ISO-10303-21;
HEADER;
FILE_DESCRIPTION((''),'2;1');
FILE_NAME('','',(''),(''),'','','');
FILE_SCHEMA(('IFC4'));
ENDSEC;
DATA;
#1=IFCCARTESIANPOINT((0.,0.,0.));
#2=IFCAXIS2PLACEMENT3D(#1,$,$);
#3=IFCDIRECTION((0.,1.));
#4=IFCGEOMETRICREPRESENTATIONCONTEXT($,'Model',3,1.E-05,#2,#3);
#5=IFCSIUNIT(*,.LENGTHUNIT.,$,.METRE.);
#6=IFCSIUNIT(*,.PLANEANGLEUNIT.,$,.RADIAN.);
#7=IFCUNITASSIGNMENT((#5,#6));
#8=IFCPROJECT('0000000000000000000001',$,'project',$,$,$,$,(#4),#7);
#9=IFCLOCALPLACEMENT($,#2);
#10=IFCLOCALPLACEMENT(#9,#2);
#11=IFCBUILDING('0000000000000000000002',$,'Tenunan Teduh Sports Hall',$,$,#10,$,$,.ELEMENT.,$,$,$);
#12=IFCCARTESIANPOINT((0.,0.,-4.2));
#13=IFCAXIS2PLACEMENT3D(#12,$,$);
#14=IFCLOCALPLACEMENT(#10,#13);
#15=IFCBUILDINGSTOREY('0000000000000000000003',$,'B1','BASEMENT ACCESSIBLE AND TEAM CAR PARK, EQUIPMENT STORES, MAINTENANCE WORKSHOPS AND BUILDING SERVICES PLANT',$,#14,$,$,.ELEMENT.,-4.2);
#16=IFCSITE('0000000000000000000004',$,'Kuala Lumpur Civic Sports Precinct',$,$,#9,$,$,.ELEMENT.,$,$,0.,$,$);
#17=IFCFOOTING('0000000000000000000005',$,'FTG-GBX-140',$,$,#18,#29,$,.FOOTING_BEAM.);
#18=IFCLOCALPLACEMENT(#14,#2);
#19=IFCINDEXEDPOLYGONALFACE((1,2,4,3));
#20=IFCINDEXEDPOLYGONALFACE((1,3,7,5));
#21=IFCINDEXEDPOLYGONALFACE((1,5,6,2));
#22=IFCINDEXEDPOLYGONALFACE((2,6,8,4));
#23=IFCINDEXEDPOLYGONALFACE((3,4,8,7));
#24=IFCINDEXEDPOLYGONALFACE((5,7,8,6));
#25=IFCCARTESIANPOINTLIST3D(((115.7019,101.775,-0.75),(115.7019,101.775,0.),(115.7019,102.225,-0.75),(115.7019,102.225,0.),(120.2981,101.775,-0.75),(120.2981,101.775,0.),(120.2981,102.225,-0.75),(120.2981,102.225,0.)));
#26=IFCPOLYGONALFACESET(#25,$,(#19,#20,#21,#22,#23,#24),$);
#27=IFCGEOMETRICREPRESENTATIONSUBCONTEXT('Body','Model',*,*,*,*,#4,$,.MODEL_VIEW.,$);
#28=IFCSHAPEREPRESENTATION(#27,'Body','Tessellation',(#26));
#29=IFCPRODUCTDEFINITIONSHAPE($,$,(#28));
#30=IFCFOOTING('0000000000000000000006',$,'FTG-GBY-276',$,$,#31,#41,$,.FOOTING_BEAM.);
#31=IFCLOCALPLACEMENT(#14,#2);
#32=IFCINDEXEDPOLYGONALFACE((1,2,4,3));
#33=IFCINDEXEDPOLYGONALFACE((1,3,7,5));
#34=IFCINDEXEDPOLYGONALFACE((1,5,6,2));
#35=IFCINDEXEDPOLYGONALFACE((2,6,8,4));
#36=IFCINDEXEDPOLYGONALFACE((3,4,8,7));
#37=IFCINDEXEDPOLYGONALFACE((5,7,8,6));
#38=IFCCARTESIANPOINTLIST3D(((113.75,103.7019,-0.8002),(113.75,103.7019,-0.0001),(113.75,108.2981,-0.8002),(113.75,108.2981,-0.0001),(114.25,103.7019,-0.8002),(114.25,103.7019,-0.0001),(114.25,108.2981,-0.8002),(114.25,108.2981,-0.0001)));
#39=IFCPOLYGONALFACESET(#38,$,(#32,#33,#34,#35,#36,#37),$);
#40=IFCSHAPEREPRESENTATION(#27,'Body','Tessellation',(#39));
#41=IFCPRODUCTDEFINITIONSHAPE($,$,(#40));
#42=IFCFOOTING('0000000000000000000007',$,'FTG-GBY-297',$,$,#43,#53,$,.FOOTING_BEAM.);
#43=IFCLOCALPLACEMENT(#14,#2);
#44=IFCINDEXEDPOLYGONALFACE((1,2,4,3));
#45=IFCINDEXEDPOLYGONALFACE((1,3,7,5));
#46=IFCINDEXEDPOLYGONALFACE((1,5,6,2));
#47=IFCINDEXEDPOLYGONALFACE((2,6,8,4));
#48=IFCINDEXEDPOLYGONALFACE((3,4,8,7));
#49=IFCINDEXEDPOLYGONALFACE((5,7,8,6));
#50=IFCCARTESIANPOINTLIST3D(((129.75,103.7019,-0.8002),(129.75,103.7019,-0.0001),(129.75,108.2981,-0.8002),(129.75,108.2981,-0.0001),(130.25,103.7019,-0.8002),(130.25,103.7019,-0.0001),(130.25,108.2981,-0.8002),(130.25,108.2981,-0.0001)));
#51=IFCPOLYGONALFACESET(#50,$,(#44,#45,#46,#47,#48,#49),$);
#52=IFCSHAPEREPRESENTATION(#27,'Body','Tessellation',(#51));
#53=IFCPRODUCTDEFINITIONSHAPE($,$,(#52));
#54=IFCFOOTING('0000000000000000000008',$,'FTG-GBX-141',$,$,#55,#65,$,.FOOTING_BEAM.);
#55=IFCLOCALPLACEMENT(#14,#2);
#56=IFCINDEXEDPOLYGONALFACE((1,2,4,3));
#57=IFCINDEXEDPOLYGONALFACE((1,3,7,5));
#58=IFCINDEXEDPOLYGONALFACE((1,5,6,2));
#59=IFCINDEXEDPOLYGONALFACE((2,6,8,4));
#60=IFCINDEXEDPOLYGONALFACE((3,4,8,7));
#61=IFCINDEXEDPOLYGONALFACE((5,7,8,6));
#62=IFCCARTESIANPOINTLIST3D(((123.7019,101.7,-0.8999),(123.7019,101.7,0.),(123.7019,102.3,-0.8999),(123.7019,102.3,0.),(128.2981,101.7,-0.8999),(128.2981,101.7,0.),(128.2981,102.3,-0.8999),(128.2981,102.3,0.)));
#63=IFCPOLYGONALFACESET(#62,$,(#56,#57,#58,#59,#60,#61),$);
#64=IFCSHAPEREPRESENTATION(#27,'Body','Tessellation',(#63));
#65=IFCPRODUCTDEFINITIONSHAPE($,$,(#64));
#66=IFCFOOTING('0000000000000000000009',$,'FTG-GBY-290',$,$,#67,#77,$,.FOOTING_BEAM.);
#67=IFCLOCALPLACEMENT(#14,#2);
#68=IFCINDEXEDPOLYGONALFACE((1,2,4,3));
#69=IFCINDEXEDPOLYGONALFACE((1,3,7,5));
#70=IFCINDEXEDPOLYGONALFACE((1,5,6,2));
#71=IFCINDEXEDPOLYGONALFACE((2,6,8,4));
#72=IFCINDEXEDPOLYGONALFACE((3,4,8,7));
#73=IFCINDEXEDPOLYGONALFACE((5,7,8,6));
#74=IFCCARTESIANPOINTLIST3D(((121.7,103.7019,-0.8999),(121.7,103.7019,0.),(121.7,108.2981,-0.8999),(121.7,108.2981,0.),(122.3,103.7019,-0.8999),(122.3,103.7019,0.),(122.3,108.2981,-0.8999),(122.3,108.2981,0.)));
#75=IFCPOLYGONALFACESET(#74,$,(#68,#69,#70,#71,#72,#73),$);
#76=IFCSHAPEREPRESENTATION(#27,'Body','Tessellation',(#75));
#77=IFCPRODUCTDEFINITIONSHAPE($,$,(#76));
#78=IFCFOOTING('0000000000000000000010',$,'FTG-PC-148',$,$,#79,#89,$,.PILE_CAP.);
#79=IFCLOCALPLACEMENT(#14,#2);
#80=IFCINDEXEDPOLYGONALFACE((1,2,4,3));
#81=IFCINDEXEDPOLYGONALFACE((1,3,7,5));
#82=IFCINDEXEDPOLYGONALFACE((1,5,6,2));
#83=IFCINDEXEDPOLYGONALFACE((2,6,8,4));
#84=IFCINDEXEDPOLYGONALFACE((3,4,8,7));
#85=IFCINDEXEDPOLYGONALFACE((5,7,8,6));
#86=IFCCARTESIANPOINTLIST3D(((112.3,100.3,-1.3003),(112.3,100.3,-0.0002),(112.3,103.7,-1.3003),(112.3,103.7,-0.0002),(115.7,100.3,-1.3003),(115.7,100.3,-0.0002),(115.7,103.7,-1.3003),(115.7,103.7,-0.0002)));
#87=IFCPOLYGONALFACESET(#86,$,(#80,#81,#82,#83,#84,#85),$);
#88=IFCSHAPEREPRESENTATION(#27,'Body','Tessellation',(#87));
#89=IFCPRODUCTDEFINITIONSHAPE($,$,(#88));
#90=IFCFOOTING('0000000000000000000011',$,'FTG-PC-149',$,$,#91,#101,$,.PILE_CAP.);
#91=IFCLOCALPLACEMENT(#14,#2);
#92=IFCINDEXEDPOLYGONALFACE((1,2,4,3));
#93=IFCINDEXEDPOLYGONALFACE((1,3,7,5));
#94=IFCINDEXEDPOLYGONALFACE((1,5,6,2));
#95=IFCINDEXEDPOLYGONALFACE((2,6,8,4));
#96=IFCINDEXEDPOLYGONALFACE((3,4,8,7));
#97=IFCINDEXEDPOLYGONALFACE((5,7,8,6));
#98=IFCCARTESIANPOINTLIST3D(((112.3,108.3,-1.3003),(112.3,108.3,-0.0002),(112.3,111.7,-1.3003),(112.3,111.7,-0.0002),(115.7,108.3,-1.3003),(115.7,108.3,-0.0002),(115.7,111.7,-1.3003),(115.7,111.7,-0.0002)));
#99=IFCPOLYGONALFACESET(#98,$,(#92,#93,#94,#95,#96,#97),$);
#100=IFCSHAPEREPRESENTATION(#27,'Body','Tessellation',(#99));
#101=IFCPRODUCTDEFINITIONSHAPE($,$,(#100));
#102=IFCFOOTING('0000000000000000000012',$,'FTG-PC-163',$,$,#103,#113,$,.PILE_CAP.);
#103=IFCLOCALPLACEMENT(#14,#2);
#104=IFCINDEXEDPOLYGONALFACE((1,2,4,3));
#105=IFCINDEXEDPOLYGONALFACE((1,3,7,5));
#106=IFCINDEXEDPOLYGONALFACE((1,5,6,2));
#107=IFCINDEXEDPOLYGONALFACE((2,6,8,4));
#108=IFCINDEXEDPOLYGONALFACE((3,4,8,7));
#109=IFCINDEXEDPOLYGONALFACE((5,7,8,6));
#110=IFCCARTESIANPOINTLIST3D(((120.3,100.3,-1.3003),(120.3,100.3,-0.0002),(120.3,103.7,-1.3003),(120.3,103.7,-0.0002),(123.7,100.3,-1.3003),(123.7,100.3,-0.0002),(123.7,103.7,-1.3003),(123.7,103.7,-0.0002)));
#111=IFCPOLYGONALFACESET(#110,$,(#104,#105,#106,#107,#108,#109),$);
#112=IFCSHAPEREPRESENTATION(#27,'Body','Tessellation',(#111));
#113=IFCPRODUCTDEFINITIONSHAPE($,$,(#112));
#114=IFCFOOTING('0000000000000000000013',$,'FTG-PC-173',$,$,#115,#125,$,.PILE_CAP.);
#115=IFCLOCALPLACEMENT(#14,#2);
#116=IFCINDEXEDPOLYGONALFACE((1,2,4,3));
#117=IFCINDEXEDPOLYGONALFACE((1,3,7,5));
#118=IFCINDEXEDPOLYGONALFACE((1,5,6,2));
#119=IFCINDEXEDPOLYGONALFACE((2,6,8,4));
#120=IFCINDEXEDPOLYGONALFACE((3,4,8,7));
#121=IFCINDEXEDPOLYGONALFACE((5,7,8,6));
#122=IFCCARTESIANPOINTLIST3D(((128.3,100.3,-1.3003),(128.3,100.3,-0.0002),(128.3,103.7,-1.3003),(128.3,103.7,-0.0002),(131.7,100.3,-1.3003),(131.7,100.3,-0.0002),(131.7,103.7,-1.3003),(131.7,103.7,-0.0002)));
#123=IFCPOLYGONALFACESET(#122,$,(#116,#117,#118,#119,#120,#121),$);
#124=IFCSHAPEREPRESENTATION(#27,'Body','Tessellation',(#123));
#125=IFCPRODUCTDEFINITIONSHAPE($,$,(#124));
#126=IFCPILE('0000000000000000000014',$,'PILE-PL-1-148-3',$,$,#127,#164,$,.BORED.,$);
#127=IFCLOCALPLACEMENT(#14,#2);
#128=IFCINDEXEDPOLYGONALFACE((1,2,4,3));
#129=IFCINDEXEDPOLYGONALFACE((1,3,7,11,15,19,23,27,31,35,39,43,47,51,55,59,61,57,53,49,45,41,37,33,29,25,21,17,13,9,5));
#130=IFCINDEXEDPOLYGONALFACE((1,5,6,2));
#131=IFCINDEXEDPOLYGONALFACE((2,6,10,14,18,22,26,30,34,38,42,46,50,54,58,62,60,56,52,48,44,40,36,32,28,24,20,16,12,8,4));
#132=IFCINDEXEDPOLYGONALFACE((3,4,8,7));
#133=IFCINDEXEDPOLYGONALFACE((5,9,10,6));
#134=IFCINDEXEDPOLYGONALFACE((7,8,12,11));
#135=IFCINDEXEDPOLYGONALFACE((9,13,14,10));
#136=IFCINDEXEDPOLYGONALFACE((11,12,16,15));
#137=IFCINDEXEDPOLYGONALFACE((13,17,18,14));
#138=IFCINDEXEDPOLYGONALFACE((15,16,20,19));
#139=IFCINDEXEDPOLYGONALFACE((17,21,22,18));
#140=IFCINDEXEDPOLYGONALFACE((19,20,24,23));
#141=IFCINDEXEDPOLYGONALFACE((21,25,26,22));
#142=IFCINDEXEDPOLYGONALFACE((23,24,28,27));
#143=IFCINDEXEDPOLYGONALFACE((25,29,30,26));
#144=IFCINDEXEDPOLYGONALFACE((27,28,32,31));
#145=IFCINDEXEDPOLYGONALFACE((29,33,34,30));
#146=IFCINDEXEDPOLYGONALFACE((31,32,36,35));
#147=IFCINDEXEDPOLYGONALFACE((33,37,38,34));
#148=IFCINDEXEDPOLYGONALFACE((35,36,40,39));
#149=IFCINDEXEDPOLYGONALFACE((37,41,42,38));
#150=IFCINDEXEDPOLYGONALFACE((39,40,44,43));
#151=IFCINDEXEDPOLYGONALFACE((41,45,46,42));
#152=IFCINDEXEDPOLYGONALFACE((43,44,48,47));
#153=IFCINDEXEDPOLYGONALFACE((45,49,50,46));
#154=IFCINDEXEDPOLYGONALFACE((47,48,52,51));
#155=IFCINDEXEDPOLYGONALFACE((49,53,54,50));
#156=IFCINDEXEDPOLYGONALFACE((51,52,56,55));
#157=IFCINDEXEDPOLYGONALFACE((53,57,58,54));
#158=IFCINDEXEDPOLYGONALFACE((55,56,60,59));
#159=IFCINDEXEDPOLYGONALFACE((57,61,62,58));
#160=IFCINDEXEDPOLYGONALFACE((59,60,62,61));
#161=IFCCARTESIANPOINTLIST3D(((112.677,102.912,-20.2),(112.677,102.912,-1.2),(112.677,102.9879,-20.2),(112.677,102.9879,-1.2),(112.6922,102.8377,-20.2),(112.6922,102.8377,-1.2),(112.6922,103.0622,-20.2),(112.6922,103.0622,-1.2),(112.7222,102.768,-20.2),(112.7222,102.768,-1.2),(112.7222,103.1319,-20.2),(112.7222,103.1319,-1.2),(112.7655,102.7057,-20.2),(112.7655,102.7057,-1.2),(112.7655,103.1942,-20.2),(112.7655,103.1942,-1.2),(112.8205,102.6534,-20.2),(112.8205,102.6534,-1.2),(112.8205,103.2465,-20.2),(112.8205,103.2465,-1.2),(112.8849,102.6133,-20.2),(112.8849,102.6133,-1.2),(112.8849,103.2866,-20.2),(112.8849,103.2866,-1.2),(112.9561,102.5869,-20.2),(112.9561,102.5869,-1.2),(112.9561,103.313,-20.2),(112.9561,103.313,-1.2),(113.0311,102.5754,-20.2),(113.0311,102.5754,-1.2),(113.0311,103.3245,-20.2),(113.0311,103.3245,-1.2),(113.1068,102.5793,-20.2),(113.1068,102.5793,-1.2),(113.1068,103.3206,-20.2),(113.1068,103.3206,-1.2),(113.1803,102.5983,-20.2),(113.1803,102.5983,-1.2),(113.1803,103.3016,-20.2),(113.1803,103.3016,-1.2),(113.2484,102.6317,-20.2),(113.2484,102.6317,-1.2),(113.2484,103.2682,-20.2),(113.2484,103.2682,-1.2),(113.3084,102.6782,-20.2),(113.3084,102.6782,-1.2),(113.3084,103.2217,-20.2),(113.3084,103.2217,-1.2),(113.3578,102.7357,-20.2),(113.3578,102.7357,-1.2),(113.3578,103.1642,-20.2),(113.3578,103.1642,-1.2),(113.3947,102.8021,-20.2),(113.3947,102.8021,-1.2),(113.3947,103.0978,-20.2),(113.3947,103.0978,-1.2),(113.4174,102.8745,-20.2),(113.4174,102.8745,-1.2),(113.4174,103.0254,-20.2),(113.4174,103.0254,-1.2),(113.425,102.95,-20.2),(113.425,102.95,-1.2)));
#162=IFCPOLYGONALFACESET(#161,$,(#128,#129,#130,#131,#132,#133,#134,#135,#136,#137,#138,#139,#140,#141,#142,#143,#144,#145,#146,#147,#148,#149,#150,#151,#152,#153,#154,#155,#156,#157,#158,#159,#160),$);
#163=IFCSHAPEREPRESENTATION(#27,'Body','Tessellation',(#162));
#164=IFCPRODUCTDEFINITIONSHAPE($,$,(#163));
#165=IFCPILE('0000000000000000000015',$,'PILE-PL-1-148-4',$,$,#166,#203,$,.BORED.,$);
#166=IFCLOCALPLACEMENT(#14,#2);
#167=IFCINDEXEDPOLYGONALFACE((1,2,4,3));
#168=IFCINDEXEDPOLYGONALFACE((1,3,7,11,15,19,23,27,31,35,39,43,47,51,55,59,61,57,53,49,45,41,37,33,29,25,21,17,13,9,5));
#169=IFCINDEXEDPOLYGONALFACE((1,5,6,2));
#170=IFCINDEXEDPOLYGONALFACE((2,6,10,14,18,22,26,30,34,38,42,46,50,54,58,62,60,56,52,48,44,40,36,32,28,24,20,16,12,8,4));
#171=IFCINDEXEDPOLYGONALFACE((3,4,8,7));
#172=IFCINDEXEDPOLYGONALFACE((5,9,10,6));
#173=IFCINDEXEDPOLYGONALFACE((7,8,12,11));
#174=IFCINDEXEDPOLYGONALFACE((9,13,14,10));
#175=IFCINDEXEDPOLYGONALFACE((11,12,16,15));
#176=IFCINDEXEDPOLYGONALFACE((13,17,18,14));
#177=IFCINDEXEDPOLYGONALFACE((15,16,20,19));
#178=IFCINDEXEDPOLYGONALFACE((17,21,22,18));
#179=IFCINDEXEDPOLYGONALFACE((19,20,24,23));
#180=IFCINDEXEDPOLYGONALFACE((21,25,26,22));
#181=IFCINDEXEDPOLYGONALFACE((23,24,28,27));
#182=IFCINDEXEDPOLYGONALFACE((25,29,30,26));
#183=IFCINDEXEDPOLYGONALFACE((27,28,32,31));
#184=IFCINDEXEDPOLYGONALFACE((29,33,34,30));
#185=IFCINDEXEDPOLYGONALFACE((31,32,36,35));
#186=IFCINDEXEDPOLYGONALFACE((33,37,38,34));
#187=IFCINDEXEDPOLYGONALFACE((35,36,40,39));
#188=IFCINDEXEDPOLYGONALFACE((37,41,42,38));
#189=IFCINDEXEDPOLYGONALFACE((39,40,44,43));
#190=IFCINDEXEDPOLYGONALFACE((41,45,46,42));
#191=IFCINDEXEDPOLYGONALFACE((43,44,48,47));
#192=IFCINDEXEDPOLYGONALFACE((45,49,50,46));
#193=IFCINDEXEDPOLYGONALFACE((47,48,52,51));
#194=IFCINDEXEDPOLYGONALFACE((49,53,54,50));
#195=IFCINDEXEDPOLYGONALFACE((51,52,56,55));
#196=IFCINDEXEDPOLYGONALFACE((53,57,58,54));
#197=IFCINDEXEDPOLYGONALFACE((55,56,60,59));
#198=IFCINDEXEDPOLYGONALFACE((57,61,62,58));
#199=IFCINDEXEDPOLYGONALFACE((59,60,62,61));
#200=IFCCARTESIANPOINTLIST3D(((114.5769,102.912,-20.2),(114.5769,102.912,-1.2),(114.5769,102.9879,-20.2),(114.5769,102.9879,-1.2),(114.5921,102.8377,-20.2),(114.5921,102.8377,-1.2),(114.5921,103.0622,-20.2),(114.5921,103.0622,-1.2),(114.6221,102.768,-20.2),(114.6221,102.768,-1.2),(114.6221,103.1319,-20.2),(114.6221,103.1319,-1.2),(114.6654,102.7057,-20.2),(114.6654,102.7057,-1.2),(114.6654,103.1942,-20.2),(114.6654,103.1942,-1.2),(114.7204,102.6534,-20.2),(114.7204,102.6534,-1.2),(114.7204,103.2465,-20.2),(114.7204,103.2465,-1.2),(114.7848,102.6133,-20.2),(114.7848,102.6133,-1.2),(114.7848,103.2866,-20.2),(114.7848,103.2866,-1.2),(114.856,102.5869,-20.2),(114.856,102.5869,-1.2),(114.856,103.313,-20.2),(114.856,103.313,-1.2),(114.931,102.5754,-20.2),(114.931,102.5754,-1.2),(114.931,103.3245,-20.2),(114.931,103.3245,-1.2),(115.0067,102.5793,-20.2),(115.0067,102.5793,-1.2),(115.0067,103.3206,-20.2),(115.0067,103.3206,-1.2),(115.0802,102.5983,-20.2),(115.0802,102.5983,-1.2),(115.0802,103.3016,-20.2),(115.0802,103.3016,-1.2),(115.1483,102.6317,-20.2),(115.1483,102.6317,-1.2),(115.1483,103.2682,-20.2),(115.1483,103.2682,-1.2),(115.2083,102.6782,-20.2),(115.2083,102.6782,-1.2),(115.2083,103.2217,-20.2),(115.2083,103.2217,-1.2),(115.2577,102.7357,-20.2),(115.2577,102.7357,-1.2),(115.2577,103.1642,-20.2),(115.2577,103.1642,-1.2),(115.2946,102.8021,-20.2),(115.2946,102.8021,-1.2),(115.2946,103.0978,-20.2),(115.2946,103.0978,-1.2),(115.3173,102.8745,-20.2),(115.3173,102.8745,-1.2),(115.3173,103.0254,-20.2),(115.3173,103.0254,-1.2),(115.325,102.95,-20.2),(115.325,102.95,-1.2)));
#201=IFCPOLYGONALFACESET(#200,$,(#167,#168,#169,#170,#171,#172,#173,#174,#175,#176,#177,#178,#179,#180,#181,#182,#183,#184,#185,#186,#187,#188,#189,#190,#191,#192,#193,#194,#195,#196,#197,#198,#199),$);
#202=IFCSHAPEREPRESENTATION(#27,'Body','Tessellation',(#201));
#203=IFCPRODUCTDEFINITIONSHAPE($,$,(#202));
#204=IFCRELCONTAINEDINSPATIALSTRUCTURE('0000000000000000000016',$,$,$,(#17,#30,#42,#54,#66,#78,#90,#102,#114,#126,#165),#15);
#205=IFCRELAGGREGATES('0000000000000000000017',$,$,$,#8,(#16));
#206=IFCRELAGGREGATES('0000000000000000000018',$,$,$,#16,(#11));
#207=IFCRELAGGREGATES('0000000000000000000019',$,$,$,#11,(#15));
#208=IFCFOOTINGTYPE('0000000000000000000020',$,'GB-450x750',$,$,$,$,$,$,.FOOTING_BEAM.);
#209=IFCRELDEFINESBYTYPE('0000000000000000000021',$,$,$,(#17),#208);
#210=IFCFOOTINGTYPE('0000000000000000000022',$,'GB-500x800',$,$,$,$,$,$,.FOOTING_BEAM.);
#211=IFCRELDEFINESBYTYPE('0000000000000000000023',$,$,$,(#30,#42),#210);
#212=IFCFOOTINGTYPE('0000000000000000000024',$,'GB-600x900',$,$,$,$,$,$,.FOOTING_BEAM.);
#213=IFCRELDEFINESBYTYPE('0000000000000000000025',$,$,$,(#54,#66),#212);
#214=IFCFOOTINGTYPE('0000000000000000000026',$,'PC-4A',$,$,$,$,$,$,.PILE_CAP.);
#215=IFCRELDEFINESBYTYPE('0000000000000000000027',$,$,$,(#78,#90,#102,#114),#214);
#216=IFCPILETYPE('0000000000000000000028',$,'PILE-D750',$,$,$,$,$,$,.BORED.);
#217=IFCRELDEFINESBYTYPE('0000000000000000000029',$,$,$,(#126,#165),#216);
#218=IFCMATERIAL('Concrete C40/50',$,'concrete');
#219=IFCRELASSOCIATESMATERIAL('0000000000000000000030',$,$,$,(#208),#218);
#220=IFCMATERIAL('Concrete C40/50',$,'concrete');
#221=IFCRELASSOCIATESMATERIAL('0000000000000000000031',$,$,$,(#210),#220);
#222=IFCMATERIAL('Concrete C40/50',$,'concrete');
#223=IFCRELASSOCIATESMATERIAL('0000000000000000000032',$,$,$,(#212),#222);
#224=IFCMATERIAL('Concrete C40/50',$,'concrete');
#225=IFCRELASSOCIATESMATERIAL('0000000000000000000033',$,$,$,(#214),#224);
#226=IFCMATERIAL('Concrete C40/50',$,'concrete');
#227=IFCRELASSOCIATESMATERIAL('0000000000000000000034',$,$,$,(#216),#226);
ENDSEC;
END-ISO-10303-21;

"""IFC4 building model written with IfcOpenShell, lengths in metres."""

from ifc_helpers import new_model, si_unit, direction, frame, origin, origin_2d, place, context, subcontext, project, spatial, rectangle, circle, extrude, material, material_profile, profile_set, type_object, element, save


model = new_model("IFC4")

# Units and contexts
model_context = context("Model", 3, precision=1e-05, world=origin(), true_north=direction((0.0, 1.0)))
body_context = subcontext(model_context, "Body", "Model", "MODEL_VIEW")
ifc_project = project(units=[si_unit("LENGTHUNIT", "METRE"), si_unit("PLANEANGLEUNIT", "RADIAN")], contexts=[model_context])

# Site, building, storey
site_placement = place(None, origin())
site = spatial("IfcSite", under=ifc_project, at=site_placement, Name="Kuala Lumpur Civic Sports Precinct", CompositionType="ELEMENT", RefElevation=0.0)
building_placement = place(site_placement, origin())
building = spatial("IfcBuilding", under=site, at=building_placement, Name="Tenunan Teduh Sports Hall", CompositionType="ELEMENT")
storey_placement = place(building_placement, frame((0.0, 0.0, -4.2)))
storey = spatial("IfcBuildingStorey", under=building, at=storey_placement, Name="B1", Description="BASEMENT ACCESSIBLE AND TEAM CAR PARK, EQUIPMENT STORES, MAINTENANCE WORKSHOPS AND BUILDING SERVICES PLANT", CompositionType="ELEMENT", Elevation=-4.2)

# Footings
ifc_material_1 = material(Name="Concrete C40/50", Category="concrete")
ifc_material_profile_1 = material_profile(ifc_material_1, rectangle(XDim=0.45, YDim=0.75, at=origin_2d()), Name="RCB 450x750")
ifc_profile_set_1 = profile_set([ifc_material_profile_1], Name="Concrete C40/50")
footing_type_1 = type_object("IfcFootingType", Name="GB-450x750", PredefinedType="FOOTING_BEAM", material=ifc_profile_set_1)
footing_placement = place(storey_placement, frame((115.7019, 102.0, -0.375), z_axis=(1.0, 0.0, 0.0), x_axis=(0.0, 1.0, 0.0)))
element("IfcFooting", 1, at=footing_placement, inside=storey, type_object=footing_type_1, Name="FTG-GBX-140", PredefinedType="FOOTING_BEAM", context=body_context, shape_type="SweptSolid", body=[
    extrude(rectangle(XDim=0.45, YDim=0.75, at=origin_2d()), origin(), (0.0, 0.0, 1.0), 4.5962),
])
ifc_material_2 = material(Name="Concrete C40/50", Category="concrete")
ifc_material_profile_2 = material_profile(ifc_material_2, rectangle(XDim=0.5, YDim=0.8, at=origin_2d()), Name="RCB 500x800")
ifc_profile_set_2 = profile_set([ifc_material_profile_2], Name="Concrete C40/50")
footing_type_2 = type_object("IfcFootingType", Name="GB-500x800", PredefinedType="FOOTING_BEAM", material=ifc_profile_set_2)
for number, where, z_axis, x_axis, name in (
    (2, (114.0, 103.7019, -0.4001), (0.0, 1.0, 0.0), (-1.0, 0.0, 0.0), "FTG-GBY-276"),
    (3, (130.0, 103.7019, -0.4001), (0.0, 1.0, 0.0), (-1.0, 0.0, 0.0), "FTG-GBY-297"),
):
    element("IfcFooting", number, at=place(storey_placement, frame(where, z_axis=z_axis, x_axis=x_axis)), inside=storey, type_object=footing_type_2, Name=name, PredefinedType="FOOTING_BEAM", context=body_context, shape_type="SweptSolid", body=[
        extrude(rectangle(XDim=0.5, YDim=0.8, at=origin_2d()), origin(), (0.0, 0.0, 1.0), 4.5962),
    ])
ifc_material_3 = material(Name="Concrete C40/50", Category="concrete")
ifc_material_profile_3 = material_profile(ifc_material_3, rectangle(XDim=0.6001, YDim=0.8999, at=origin_2d()), Name="RCB 600x900")
ifc_profile_set_3 = profile_set([ifc_material_profile_3], Name="Concrete C40/50")
footing_type_3 = type_object("IfcFootingType", Name="GB-600x900", PredefinedType="FOOTING_BEAM", material=ifc_profile_set_3)
for number, where, z_axis, x_axis, name in (
    (4, (123.7019, 102.0, -0.45), (1.0, 0.0, 0.0), (0.0, 1.0, 0.0), "FTG-GBX-141"),
    (5, (122.0, 103.7019, -0.45), (0.0, 1.0, 0.0), (-1.0, 0.0, 0.0), "FTG-GBY-290"),
):
    element("IfcFooting", number, at=place(storey_placement, frame(where, z_axis=z_axis, x_axis=x_axis)), inside=storey, type_object=footing_type_3, Name=name, PredefinedType="FOOTING_BEAM", context=body_context, shape_type="SweptSolid", body=[
        extrude(rectangle(XDim=0.6001, YDim=0.8999, at=origin_2d()), origin(), (0.0, 0.0, 1.0), 4.5962),
    ])
ifc_material_4 = material(Name="Concrete C40/50", Category="concrete")
footing_type_4 = type_object("IfcFootingType", Name="PC-4A", PredefinedType="PILE_CAP", material=ifc_material_4)
for number, where, z_axis, x_axis, name in (
    (6, (114.0, 102.0, -1.3003), (0.0, 0.0, 1.0), (1.0, 0.0, 0.0), "FTG-PC-148"),
    (7, (114.0, 110.0, -1.3003), (0.0, 0.0, 1.0), (1.0, 0.0, 0.0), "FTG-PC-149"),
    (8, (122.0, 102.0, -1.3003), (0.0, 0.0, 1.0), (1.0, 0.0, 0.0), "FTG-PC-163"),
    (9, (130.0, 102.0, -1.3003), (0.0, 0.0, 1.0), (1.0, 0.0, 0.0), "FTG-PC-173"),
):
    element("IfcFooting", number, at=place(storey_placement, frame(where, z_axis=z_axis, x_axis=x_axis)), inside=storey, type_object=footing_type_4, Name=name, PredefinedType="PILE_CAP", context=body_context, shape_type="SweptSolid", body=[
        extrude(rectangle(XDim=3.3999, YDim=3.3999, at=origin_2d()), origin(), (0.0, 0.0, 1.0), 1.3),
    ])

# Piles
ifc_material_5 = material(Name="Concrete C40/50", Category="concrete")
ifc_material_profile_4 = material_profile(ifc_material_5, circle(Radius=0.375, at=origin_2d()), Name="PILE D750")
ifc_profile_set_4 = profile_set([ifc_material_profile_4], Name="Concrete C40/50")
pile_type = type_object("IfcPileType", Name="PILE-D750", PredefinedType="BORED", material=ifc_profile_set_4)
for number, where, z_axis, x_axis, name in (
    (10, (113.05, 102.95, -1.2), (0.0, 0.0, -1.0), (1.0, 0.0, 0.0), "PILE-PL-1-148-3"),
    (11, (114.95, 102.95, -1.2), (0.0, 0.0, -1.0), (1.0, 0.0, 0.0), "PILE-PL-1-148-4"),
):
    element("IfcPile", number, at=place(storey_placement, frame(where, z_axis=z_axis, x_axis=x_axis)), inside=storey, type_object=pile_type, Name=name, PredefinedType="BORED", context=body_context, shape_type="SweptSolid", body=[
        extrude(circle(Radius=0.375, at=origin_2d()), origin(), (0.0, 0.0, 1.0), 19.0),
    ])

save(model, "model.ifc")
